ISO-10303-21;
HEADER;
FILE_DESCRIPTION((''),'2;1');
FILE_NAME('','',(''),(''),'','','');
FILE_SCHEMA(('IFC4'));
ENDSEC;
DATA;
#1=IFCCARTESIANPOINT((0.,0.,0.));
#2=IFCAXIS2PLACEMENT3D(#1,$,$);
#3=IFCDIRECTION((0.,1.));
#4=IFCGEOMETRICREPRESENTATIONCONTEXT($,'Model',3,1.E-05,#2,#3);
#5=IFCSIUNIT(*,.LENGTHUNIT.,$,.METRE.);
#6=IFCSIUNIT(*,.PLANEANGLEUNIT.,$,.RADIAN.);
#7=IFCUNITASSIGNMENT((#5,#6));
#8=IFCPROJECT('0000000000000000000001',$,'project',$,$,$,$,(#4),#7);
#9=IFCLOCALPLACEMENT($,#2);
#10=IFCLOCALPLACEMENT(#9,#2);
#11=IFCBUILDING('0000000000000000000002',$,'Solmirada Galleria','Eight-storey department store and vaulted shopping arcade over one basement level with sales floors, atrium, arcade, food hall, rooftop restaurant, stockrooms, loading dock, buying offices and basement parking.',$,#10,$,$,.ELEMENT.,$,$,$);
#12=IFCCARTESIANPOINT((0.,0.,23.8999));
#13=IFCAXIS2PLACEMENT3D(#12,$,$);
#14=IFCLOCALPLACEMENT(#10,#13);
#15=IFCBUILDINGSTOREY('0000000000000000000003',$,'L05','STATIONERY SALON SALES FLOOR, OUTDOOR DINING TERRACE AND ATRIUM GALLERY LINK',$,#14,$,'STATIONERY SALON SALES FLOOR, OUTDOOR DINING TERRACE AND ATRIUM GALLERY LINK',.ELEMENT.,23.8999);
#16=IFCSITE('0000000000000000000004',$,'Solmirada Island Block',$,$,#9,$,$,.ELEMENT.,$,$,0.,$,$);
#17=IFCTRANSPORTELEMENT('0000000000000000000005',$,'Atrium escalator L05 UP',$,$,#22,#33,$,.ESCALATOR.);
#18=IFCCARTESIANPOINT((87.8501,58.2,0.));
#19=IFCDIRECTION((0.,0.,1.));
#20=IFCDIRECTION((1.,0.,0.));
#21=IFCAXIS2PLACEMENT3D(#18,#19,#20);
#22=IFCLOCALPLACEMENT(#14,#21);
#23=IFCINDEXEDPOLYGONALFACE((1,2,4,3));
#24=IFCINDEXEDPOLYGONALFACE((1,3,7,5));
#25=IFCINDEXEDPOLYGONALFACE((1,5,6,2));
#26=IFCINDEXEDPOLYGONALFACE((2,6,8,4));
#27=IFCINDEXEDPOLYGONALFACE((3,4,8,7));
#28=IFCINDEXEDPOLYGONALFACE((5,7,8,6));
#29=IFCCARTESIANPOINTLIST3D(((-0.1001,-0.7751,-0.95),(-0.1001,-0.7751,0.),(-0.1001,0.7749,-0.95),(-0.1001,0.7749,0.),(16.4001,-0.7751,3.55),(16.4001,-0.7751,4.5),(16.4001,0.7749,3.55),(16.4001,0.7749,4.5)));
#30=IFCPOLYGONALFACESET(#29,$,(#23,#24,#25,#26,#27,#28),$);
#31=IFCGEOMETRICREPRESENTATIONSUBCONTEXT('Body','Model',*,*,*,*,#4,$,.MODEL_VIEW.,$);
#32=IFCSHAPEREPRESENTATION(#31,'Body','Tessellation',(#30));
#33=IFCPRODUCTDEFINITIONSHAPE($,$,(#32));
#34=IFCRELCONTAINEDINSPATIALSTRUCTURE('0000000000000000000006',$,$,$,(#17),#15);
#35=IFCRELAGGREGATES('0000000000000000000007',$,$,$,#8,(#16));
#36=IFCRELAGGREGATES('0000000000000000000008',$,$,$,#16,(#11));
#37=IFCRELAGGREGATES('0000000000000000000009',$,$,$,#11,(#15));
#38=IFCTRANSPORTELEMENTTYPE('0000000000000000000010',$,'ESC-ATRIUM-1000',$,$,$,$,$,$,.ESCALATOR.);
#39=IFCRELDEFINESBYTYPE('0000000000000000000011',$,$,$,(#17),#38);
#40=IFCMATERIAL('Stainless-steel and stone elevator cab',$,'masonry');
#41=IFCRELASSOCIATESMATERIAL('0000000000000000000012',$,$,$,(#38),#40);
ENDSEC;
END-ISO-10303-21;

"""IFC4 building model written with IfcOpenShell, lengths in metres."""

from ifc_helpers import new_model, si_unit, direction, frame, origin, place, context, subcontext, project, spatial, polyline, outline, extrude, material, type_object, element, save


model = new_model("IFC4")

# Units and contexts
model_context = context("Model", 3, precision=1e-05, world=origin(), true_north=direction((0.0, 1.0)))
body_context = subcontext(model_context, "Body", "Model", "MODEL_VIEW")
ifc_project = project(units=[si_unit("LENGTHUNIT", "METRE"), si_unit("PLANEANGLEUNIT", "RADIAN")], contexts=[model_context])

# Site, building, storey
site_placement = place(None, origin())
site = spatial("IfcSite", under=ifc_project, at=site_placement, Name="Solmirada Island Block", CompositionType="ELEMENT", RefElevation=0.0)
building_placement = place(site_placement, origin())
building = spatial("IfcBuilding", under=site, at=building_placement, Name="Solmirada Galleria", Description="Eight-storey department store and vaulted shopping arcade over one basement level with sales floors, atrium, arcade, food hall, rooftop restaurant, stockrooms, loading dock, buying offices and basement parking.", CompositionType="ELEMENT")
storey_placement = place(building_placement, frame((0.0, 0.0, 23.8999)))
storey = spatial("IfcBuildingStorey", under=building, at=storey_placement, Name="L05", Description="STATIONERY SALON SALES FLOOR, OUTDOOR DINING TERRACE AND ATRIUM GALLERY LINK", LongName="STATIONERY SALON SALES FLOOR, OUTDOOR DINING TERRACE AND ATRIUM GALLERY LINK", CompositionType="ELEMENT", Elevation=23.8999)

# Transport element
ifc_material_1 = material(Name="Stainless-steel and stone elevator cab", Category="masonry")
transport_element_type = type_object("IfcTransportElementType", Name="ESC-ATRIUM-1000", PredefinedType="ESCALATOR", material=ifc_material_1)
transport_element_placement = place(storey_placement, frame((87.8501, 58.2, 0.0), z_axis=(0.0, 0.0, 1.0), x_axis=(1.0, 0.0, 0.0)))
element("IfcTransportElement", 1, at=transport_element_placement, inside=storey, type_object=transport_element_type, Name="Atrium escalator L05 UP", PredefinedType="ESCALATOR", context=body_context, shape_type="SweptSolid", body=[
    extrude(outline(polyline([(-0.1001, 0.0), (16.4001, 4.5), (16.4001, 3.55), (-0.1001, -0.95), (-0.1001, 0.0)])), frame((0.0, 0.7749, 0.0), z_axis=(0.0, -1.0, 0.0), x_axis=(1.0, 0.0, 0.0)), (0.0, 0.0, 1.0), 1.55),
])

save(model, "model.ifc")
